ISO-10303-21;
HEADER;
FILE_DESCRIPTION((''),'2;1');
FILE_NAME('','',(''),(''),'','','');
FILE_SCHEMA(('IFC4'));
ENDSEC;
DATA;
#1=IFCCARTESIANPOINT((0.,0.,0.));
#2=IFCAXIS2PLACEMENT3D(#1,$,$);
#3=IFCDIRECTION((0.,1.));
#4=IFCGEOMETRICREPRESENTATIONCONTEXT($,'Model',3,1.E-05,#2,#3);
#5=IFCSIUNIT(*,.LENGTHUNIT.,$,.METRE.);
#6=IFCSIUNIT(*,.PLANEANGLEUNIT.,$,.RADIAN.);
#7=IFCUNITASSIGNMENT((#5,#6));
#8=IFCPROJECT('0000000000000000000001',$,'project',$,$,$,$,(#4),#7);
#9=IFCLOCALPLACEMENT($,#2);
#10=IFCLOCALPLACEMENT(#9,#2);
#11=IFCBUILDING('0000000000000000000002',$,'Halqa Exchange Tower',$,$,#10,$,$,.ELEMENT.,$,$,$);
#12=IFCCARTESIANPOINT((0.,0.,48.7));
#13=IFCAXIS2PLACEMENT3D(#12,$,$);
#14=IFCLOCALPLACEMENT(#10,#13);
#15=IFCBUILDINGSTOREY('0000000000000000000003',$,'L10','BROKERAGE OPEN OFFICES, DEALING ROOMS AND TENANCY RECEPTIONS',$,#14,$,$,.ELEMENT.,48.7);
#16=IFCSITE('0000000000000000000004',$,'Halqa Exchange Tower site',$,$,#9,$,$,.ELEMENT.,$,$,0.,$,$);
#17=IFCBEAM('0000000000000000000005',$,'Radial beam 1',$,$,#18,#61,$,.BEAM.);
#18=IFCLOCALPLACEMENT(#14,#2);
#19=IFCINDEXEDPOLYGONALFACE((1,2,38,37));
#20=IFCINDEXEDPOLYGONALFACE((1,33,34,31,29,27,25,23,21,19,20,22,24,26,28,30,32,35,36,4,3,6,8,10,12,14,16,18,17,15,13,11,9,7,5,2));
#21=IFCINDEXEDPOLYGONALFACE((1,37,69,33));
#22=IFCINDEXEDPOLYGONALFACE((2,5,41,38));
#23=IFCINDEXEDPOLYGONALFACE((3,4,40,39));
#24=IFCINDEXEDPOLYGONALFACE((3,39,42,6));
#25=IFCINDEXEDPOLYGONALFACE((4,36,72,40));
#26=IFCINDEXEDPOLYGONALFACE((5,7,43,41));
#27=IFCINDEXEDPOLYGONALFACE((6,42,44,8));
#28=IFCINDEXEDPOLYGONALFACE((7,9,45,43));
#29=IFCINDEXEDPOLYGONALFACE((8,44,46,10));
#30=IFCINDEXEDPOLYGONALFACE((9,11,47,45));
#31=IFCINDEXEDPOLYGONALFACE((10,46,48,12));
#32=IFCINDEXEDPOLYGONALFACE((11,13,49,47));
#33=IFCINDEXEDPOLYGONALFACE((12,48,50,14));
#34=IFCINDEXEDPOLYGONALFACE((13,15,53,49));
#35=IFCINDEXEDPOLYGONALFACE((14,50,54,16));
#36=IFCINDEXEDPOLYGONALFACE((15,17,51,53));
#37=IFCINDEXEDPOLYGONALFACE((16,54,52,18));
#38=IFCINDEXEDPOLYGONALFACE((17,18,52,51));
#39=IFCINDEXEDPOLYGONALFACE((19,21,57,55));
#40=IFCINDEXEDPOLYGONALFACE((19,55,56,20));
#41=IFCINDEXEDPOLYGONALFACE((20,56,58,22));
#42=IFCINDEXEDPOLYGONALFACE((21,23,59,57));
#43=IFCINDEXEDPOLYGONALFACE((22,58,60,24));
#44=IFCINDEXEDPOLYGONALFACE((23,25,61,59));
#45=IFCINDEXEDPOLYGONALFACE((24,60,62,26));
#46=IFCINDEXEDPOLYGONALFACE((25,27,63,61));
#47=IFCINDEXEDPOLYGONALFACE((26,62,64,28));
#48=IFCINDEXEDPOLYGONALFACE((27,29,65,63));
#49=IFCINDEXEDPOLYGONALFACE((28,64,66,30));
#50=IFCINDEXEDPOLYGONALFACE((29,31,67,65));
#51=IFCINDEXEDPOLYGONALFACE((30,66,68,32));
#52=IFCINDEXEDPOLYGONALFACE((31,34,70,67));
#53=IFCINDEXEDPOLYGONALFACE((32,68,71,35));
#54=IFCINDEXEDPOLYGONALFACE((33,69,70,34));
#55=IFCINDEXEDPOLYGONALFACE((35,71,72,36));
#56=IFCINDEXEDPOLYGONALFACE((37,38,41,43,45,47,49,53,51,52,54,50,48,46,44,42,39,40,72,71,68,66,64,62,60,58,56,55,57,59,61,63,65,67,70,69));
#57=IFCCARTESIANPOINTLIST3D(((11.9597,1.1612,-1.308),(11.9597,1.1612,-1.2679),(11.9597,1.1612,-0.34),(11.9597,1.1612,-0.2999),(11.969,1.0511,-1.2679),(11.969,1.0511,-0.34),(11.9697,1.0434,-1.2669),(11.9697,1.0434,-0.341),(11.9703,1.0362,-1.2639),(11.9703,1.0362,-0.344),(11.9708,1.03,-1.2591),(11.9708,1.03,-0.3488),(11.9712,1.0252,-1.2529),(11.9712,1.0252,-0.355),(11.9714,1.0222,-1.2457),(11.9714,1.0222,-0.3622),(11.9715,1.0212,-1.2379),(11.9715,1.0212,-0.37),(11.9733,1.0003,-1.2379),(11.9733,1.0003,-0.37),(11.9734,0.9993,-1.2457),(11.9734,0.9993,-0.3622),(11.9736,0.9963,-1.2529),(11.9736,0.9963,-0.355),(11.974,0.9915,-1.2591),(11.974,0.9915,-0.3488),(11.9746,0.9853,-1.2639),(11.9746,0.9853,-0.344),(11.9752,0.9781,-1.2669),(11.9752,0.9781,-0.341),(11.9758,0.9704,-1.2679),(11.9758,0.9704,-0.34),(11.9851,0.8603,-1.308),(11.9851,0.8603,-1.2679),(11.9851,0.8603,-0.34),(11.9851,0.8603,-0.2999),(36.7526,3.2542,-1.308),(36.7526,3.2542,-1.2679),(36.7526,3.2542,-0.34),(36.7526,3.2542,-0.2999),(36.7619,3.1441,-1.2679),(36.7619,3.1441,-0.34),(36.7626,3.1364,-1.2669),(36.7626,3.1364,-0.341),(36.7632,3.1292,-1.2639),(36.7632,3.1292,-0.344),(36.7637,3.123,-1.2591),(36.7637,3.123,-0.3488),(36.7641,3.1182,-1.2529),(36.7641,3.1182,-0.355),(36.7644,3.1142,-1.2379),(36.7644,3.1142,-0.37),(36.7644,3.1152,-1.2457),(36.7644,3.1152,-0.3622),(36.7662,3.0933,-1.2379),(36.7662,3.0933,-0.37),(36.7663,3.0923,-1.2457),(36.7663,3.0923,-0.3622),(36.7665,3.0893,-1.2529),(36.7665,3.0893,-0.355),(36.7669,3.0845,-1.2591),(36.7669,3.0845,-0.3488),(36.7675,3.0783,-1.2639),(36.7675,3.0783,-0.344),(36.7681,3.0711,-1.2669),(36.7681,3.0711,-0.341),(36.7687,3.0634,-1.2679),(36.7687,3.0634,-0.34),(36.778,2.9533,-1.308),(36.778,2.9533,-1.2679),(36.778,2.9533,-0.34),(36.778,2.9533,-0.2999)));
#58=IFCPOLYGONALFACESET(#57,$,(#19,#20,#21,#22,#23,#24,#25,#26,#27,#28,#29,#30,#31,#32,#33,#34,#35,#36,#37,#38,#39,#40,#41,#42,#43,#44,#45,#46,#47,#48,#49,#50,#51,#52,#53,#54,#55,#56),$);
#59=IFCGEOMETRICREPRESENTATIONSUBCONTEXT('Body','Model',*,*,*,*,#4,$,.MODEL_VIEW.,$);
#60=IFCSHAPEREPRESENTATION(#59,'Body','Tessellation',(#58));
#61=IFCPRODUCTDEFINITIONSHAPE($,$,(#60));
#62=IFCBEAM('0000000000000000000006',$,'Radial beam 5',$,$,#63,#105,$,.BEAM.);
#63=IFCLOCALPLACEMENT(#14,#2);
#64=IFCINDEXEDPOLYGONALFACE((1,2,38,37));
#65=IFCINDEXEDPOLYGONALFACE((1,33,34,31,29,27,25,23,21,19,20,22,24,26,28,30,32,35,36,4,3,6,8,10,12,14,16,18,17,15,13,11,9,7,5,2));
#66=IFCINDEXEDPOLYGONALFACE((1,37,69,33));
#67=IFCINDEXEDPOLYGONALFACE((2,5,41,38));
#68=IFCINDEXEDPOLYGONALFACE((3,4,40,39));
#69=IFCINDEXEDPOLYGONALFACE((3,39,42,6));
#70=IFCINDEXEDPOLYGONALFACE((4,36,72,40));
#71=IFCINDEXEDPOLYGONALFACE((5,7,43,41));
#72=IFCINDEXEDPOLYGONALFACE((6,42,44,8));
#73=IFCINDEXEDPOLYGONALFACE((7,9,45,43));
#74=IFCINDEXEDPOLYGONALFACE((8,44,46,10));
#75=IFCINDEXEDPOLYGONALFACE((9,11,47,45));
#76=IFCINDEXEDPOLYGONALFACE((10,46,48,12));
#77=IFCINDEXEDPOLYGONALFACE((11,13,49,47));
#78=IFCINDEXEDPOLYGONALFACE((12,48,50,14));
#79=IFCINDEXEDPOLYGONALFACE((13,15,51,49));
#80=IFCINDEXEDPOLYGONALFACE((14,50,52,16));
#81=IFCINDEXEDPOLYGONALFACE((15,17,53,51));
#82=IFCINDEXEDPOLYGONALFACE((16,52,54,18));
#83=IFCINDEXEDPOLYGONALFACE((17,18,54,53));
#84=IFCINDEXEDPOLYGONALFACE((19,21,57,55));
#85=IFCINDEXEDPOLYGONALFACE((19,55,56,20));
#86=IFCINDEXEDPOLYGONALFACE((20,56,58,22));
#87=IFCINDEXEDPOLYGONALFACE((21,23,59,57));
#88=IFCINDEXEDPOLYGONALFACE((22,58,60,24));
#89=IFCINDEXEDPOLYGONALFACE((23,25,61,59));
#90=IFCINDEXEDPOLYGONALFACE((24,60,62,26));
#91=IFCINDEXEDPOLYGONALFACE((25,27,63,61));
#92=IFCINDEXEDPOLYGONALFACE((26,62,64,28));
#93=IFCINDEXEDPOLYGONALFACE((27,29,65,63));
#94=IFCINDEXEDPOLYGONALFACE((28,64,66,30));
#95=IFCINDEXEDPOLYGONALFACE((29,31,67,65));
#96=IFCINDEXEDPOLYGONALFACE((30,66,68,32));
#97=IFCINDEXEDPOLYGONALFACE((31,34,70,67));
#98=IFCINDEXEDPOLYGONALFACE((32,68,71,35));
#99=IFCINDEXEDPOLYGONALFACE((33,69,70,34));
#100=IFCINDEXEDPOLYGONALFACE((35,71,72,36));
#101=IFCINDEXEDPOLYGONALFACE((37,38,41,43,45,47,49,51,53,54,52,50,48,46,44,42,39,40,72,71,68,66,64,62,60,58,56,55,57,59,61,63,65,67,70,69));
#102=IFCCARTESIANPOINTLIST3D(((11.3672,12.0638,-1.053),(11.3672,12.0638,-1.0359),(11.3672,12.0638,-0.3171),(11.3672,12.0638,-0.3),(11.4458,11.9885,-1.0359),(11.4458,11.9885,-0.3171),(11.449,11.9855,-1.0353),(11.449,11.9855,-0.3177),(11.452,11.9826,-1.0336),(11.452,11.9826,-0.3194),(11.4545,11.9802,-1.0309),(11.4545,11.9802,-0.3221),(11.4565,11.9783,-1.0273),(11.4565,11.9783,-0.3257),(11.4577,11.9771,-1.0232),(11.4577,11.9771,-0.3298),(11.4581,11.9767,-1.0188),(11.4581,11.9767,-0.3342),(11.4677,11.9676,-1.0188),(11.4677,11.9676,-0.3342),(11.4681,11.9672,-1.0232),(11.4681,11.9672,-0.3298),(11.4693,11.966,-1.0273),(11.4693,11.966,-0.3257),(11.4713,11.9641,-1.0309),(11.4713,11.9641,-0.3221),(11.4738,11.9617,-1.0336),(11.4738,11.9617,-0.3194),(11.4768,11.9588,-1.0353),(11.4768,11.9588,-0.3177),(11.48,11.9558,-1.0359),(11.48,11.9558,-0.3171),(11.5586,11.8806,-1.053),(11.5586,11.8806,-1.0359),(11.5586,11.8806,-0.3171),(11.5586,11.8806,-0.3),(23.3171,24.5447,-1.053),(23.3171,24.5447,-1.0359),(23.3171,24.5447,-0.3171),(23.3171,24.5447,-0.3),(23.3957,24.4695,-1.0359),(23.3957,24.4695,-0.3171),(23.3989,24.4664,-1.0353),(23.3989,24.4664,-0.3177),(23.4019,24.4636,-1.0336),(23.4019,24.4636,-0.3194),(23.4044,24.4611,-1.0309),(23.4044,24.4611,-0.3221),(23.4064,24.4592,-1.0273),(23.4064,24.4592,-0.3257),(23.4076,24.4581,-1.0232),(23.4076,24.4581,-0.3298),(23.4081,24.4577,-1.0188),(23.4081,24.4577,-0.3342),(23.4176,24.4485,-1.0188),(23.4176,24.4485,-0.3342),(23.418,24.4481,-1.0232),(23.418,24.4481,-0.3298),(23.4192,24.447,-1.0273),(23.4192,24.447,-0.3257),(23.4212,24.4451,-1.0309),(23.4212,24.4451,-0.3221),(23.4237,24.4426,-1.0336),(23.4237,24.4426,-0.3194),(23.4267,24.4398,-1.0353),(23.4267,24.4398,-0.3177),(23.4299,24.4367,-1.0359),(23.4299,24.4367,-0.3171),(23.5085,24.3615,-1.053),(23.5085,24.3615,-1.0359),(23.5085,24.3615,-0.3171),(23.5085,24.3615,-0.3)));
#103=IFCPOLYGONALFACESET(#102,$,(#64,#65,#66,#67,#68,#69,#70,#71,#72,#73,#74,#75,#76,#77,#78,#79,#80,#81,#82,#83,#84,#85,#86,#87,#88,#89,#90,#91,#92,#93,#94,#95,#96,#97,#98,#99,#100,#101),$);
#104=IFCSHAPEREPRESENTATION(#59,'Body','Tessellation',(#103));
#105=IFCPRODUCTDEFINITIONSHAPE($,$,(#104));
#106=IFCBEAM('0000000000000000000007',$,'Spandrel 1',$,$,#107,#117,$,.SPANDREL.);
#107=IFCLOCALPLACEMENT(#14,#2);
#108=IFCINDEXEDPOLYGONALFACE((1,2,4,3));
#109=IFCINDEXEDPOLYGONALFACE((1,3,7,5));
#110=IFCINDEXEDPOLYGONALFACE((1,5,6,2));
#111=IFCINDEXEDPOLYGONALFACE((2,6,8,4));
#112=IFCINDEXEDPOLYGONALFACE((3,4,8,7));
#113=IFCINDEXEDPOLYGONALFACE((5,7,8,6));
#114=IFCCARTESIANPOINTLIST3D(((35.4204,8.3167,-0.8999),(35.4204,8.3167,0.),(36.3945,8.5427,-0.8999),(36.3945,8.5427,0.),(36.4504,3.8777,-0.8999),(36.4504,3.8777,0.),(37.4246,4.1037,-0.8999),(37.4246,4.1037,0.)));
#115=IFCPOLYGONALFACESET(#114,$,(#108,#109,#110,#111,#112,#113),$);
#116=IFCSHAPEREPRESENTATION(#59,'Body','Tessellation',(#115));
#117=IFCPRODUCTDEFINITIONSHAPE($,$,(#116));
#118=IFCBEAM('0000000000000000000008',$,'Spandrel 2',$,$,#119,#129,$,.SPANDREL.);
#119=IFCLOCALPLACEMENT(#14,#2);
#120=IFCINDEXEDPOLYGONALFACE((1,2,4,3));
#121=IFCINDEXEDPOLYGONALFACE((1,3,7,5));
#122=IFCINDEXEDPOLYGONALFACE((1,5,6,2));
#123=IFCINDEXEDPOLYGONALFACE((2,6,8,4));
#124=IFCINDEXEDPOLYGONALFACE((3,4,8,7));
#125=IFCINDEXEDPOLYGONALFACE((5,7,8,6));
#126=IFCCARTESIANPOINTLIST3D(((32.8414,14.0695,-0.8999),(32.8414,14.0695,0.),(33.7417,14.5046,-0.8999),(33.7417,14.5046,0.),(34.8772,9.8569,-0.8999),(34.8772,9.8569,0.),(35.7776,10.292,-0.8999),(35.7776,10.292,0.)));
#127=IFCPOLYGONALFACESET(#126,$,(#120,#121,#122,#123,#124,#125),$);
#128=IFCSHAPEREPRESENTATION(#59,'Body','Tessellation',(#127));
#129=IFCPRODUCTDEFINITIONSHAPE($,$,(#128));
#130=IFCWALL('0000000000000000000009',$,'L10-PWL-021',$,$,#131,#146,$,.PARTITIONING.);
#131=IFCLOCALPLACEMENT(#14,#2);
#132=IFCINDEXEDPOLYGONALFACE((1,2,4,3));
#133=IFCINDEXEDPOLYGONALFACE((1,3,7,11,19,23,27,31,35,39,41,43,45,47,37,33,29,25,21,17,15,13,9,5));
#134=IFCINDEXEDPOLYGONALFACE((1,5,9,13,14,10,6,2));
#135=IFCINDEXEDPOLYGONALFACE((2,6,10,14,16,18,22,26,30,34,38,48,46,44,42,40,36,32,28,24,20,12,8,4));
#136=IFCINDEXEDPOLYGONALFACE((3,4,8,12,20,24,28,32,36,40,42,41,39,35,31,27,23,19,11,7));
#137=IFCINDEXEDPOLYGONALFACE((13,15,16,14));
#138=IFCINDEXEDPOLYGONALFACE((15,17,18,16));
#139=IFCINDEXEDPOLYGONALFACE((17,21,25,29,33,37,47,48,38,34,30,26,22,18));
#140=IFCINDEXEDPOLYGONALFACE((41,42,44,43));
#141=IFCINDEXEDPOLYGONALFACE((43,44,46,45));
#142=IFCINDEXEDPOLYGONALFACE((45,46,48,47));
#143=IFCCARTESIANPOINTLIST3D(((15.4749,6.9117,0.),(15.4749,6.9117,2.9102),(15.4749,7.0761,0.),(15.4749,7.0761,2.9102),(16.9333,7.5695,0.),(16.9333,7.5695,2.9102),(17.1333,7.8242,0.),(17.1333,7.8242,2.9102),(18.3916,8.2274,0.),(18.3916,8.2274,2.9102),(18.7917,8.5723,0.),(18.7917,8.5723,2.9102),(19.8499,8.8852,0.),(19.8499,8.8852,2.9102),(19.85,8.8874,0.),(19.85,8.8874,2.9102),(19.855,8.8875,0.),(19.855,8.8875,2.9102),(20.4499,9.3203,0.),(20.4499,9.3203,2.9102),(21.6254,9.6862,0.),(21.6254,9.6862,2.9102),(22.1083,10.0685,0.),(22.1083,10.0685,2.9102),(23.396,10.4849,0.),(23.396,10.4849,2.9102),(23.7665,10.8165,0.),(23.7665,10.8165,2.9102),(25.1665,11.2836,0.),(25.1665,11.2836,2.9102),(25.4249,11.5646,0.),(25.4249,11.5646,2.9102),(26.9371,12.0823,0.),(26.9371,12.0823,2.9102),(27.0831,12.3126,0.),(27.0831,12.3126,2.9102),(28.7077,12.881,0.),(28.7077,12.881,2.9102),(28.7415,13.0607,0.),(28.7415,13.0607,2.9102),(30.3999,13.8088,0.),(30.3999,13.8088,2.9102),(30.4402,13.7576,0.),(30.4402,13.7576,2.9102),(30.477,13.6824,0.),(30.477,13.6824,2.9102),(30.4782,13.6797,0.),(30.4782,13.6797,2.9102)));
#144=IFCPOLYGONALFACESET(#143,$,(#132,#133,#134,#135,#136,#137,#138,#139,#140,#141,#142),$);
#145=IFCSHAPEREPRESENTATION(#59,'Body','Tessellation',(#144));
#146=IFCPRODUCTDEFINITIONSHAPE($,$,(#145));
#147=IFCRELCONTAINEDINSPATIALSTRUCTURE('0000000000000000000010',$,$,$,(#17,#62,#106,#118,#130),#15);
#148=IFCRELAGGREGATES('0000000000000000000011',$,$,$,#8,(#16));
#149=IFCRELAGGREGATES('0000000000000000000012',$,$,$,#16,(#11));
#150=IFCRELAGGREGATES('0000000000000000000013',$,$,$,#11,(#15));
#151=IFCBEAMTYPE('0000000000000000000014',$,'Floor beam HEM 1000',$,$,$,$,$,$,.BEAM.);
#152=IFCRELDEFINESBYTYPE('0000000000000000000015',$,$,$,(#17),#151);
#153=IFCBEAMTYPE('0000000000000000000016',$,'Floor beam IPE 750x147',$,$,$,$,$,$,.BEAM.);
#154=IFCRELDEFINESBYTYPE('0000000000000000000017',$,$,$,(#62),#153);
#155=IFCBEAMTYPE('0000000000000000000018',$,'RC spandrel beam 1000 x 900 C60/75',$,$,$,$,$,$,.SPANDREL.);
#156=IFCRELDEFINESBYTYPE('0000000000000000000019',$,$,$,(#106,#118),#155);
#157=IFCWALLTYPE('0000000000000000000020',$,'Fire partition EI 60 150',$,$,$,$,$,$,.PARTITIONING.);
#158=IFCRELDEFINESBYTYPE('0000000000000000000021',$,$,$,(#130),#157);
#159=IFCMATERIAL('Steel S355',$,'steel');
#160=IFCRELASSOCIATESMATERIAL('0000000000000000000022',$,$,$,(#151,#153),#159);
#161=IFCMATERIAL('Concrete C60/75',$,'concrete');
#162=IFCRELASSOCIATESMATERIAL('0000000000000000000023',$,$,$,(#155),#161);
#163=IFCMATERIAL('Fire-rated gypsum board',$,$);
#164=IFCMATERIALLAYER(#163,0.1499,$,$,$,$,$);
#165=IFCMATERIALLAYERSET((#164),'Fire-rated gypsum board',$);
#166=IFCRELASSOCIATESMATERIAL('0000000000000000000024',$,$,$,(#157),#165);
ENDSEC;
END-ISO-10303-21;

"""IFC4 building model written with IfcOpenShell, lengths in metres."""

from ifc_helpers import new_model, si_unit, direction, frame, origin, origin_2d, place, context, subcontext, project, spatial, polyline, rectangle, i_section, outline, extrude, material, layer, layer_set, material_profile, profile_set, type_object, element, save


model = new_model("IFC4")

# Units and contexts
model_context = context("Model", 3, precision=1e-05, world=origin(), true_north=direction((0.0, 1.0)))
body_context = subcontext(model_context, "Body", "Model", "MODEL_VIEW")
ifc_project = project(units=[si_unit("LENGTHUNIT", "METRE"), si_unit("PLANEANGLEUNIT", "RADIAN")], contexts=[model_context])

# Site, building, storey
site_placement = place(None, origin())
site = spatial("IfcSite", under=ifc_project, at=site_placement, Name="Halqa Exchange Tower site", CompositionType="ELEMENT", RefElevation=0.0)
building_placement = place(site_placement, origin())
building = spatial("IfcBuilding", under=site, at=building_placement, Name="Halqa Exchange Tower", CompositionType="ELEMENT")
storey_placement = place(building_placement, frame((0.0, 0.0, 48.7)))
storey = spatial("IfcBuildingStorey", under=building, at=storey_placement, Name="L10", Description="BROKERAGE OPEN OFFICES, DEALING ROOMS AND TENANCY RECEPTIONS", CompositionType="ELEMENT", Elevation=48.7)

# Beams
ifc_material_1 = material(Name="Steel S355", Category="steel")
ifc_material_profile_1 = material_profile(ifc_material_1, i_section(OverallWidth=0.302, OverallDepth=1.0081, WebThickness=0.021, FlangeThickness=0.04, FilletRadius=0.03, at=origin_2d()), Name="HEM 1000")
ifc_profile_set_1 = profile_set([ifc_material_profile_1], Name="Steel S355")
beam_type_1 = type_object("IfcBeamType", Name="Floor beam HEM 1000", PredefinedType="BEAM", material=ifc_profile_set_1)
beam_1_placement = place(storey_placement, frame((11.9724, 1.0107, -0.804), z_axis=(0.996456, 0.084121, 0.0), x_axis=(-0.084121, 0.996456, 0.0)))
element("IfcBeam", 1, at=beam_1_placement, inside=storey, type_object=beam_type_1, Name="Radial beam 1", PredefinedType="BEAM", context=body_context, shape_type="SweptSolid", body=[
    extrude(i_section(OverallWidth=0.302, OverallDepth=1.0081, WebThickness=0.021, FlangeThickness=0.04, FilletRadius=0.03, at=origin_2d()), origin(), (0.0, 0.0, 1.0), 24.8811),
])
ifc_material_profile_2 = material_profile(ifc_material_1, i_section(OverallWidth=0.2649, OverallDepth=0.7529, WebThickness=0.0132, FlangeThickness=0.0171, FilletRadius=0.0171, at=origin_2d()), Name="IPE 750x147")
ifc_profile_set_2 = profile_set([ifc_material_profile_2], Name="Steel S355")
beam_type_2 = type_object("IfcBeamType", Name="Floor beam IPE 750x147", PredefinedType="BEAM", material=ifc_profile_set_2)
beam_2_placement = place(storey_placement, frame((11.4629, 11.9722, -0.6765), z_axis=(0.691574, 0.722305, 0.0), x_axis=(-0.722305, 0.691574, 0.0)))
element("IfcBeam", 2, at=beam_2_placement, inside=storey, type_object=beam_type_2, Name="Radial beam 5", PredefinedType="BEAM", context=body_context, shape_type="SweptSolid", body=[
    extrude(i_section(OverallWidth=0.2649, OverallDepth=0.7529, WebThickness=0.0132, FlangeThickness=0.0171, FilletRadius=0.0171, at=origin_2d()), origin(), (0.0, 0.0, 1.0), 17.2793),
])
ifc_material_2 = material(Name="Concrete C60/75", Category="concrete")
ifc_material_profile_3 = material_profile(ifc_material_2, rectangle(XDim=1.0, YDim=0.8999, at=origin_2d()), Name="1000 x 900")
ifc_profile_set_3 = profile_set([ifc_material_profile_3], Name="Concrete C60/75")
beam_type_3 = type_object("IfcBeamType", Name="RC spandrel beam 1000 x 900 C60/75", PredefinedType="SPANDREL", material=ifc_profile_set_3)
beam_3_placement = place(storey_placement, frame((36.9375, 3.9907, -0.45), z_axis=(-0.226037, 0.974119, 0.0), x_axis=(-0.974119, -0.226037, 0.0)))
element("IfcBeam", 3, at=beam_3_placement, inside=storey, type_object=beam_type_3, Name="Spandrel 1", PredefinedType="SPANDREL", context=body_context, shape_type="SweptSolid", body=[
    extrude(rectangle(XDim=1.0, YDim=0.8999, at=origin_2d()), origin(), (0.0, 0.0, 1.0), 4.5569),
])
beam_4_placement = place(storey_placement, frame((35.3274, 10.0745, -0.45), z_axis=(-0.43513, 0.900368, 0.0), x_axis=(-0.900368, -0.43513, 0.0)))
element("IfcBeam", 4, at=beam_4_placement, inside=storey, type_object=beam_type_3, Name="Spandrel 2", PredefinedType="SPANDREL", context=body_context, shape_type="SweptSolid", body=[
    extrude(rectangle(XDim=1.0, YDim=0.8999, at=origin_2d()), origin(), (0.0, 0.0, 1.0), 4.6787),
])

# Wall
ifc_material_3 = material(Name="Fire-rated gypsum board")
ifc_layer_1 = layer(ifc_material_3, 0.1499)
ifc_layer_set_1 = layer_set([ifc_layer_1], Name="Fire-rated gypsum board")
wall_type_1 = type_object("IfcWallType", Name="Fire partition EI 60 150", PredefinedType="PARTITIONING", material=ifc_layer_set_1)
wall_1_placement = place(storey_placement, frame((15.4441, 6.98, 0.0), z_axis=(0.0, 0.0, 1.0), x_axis=(0.911545, 0.4112, 0.0)))
element("IfcWall", 5, at=wall_1_placement, inside=storey, type_object=wall_type_1, Name="L10-PWL-021", PredefinedType="PARTITIONING", context=body_context, shape_type="SweptSolid", body=[
    extrude(outline(polyline([(0.0, -0.075), (1.5999, -0.075), (3.1997, -0.075), (4.7996, -0.075), (4.8005, -0.073), (4.8052, -0.075), (6.7473, -0.075), (8.6897, -0.075), (10.6321, -0.075), (12.5745, -0.075), (14.5168, -0.075), (16.4592, -0.075), (16.4592, -0.072), (16.4565, 0.0117), (16.4409, 0.075), (14.6216, 0.075), (12.8022, 0.075), (10.9832, 0.075), (9.1638, 0.075), (7.3447, 0.075), (5.5254, 0.075), (3.7063, 0.075), (1.887, 0.075), (0.0676, 0.075), (0.0, -0.075)])), origin(), (0.0, 0.0, 1.0), 2.9102),
])

save(model, "model.ifc")
